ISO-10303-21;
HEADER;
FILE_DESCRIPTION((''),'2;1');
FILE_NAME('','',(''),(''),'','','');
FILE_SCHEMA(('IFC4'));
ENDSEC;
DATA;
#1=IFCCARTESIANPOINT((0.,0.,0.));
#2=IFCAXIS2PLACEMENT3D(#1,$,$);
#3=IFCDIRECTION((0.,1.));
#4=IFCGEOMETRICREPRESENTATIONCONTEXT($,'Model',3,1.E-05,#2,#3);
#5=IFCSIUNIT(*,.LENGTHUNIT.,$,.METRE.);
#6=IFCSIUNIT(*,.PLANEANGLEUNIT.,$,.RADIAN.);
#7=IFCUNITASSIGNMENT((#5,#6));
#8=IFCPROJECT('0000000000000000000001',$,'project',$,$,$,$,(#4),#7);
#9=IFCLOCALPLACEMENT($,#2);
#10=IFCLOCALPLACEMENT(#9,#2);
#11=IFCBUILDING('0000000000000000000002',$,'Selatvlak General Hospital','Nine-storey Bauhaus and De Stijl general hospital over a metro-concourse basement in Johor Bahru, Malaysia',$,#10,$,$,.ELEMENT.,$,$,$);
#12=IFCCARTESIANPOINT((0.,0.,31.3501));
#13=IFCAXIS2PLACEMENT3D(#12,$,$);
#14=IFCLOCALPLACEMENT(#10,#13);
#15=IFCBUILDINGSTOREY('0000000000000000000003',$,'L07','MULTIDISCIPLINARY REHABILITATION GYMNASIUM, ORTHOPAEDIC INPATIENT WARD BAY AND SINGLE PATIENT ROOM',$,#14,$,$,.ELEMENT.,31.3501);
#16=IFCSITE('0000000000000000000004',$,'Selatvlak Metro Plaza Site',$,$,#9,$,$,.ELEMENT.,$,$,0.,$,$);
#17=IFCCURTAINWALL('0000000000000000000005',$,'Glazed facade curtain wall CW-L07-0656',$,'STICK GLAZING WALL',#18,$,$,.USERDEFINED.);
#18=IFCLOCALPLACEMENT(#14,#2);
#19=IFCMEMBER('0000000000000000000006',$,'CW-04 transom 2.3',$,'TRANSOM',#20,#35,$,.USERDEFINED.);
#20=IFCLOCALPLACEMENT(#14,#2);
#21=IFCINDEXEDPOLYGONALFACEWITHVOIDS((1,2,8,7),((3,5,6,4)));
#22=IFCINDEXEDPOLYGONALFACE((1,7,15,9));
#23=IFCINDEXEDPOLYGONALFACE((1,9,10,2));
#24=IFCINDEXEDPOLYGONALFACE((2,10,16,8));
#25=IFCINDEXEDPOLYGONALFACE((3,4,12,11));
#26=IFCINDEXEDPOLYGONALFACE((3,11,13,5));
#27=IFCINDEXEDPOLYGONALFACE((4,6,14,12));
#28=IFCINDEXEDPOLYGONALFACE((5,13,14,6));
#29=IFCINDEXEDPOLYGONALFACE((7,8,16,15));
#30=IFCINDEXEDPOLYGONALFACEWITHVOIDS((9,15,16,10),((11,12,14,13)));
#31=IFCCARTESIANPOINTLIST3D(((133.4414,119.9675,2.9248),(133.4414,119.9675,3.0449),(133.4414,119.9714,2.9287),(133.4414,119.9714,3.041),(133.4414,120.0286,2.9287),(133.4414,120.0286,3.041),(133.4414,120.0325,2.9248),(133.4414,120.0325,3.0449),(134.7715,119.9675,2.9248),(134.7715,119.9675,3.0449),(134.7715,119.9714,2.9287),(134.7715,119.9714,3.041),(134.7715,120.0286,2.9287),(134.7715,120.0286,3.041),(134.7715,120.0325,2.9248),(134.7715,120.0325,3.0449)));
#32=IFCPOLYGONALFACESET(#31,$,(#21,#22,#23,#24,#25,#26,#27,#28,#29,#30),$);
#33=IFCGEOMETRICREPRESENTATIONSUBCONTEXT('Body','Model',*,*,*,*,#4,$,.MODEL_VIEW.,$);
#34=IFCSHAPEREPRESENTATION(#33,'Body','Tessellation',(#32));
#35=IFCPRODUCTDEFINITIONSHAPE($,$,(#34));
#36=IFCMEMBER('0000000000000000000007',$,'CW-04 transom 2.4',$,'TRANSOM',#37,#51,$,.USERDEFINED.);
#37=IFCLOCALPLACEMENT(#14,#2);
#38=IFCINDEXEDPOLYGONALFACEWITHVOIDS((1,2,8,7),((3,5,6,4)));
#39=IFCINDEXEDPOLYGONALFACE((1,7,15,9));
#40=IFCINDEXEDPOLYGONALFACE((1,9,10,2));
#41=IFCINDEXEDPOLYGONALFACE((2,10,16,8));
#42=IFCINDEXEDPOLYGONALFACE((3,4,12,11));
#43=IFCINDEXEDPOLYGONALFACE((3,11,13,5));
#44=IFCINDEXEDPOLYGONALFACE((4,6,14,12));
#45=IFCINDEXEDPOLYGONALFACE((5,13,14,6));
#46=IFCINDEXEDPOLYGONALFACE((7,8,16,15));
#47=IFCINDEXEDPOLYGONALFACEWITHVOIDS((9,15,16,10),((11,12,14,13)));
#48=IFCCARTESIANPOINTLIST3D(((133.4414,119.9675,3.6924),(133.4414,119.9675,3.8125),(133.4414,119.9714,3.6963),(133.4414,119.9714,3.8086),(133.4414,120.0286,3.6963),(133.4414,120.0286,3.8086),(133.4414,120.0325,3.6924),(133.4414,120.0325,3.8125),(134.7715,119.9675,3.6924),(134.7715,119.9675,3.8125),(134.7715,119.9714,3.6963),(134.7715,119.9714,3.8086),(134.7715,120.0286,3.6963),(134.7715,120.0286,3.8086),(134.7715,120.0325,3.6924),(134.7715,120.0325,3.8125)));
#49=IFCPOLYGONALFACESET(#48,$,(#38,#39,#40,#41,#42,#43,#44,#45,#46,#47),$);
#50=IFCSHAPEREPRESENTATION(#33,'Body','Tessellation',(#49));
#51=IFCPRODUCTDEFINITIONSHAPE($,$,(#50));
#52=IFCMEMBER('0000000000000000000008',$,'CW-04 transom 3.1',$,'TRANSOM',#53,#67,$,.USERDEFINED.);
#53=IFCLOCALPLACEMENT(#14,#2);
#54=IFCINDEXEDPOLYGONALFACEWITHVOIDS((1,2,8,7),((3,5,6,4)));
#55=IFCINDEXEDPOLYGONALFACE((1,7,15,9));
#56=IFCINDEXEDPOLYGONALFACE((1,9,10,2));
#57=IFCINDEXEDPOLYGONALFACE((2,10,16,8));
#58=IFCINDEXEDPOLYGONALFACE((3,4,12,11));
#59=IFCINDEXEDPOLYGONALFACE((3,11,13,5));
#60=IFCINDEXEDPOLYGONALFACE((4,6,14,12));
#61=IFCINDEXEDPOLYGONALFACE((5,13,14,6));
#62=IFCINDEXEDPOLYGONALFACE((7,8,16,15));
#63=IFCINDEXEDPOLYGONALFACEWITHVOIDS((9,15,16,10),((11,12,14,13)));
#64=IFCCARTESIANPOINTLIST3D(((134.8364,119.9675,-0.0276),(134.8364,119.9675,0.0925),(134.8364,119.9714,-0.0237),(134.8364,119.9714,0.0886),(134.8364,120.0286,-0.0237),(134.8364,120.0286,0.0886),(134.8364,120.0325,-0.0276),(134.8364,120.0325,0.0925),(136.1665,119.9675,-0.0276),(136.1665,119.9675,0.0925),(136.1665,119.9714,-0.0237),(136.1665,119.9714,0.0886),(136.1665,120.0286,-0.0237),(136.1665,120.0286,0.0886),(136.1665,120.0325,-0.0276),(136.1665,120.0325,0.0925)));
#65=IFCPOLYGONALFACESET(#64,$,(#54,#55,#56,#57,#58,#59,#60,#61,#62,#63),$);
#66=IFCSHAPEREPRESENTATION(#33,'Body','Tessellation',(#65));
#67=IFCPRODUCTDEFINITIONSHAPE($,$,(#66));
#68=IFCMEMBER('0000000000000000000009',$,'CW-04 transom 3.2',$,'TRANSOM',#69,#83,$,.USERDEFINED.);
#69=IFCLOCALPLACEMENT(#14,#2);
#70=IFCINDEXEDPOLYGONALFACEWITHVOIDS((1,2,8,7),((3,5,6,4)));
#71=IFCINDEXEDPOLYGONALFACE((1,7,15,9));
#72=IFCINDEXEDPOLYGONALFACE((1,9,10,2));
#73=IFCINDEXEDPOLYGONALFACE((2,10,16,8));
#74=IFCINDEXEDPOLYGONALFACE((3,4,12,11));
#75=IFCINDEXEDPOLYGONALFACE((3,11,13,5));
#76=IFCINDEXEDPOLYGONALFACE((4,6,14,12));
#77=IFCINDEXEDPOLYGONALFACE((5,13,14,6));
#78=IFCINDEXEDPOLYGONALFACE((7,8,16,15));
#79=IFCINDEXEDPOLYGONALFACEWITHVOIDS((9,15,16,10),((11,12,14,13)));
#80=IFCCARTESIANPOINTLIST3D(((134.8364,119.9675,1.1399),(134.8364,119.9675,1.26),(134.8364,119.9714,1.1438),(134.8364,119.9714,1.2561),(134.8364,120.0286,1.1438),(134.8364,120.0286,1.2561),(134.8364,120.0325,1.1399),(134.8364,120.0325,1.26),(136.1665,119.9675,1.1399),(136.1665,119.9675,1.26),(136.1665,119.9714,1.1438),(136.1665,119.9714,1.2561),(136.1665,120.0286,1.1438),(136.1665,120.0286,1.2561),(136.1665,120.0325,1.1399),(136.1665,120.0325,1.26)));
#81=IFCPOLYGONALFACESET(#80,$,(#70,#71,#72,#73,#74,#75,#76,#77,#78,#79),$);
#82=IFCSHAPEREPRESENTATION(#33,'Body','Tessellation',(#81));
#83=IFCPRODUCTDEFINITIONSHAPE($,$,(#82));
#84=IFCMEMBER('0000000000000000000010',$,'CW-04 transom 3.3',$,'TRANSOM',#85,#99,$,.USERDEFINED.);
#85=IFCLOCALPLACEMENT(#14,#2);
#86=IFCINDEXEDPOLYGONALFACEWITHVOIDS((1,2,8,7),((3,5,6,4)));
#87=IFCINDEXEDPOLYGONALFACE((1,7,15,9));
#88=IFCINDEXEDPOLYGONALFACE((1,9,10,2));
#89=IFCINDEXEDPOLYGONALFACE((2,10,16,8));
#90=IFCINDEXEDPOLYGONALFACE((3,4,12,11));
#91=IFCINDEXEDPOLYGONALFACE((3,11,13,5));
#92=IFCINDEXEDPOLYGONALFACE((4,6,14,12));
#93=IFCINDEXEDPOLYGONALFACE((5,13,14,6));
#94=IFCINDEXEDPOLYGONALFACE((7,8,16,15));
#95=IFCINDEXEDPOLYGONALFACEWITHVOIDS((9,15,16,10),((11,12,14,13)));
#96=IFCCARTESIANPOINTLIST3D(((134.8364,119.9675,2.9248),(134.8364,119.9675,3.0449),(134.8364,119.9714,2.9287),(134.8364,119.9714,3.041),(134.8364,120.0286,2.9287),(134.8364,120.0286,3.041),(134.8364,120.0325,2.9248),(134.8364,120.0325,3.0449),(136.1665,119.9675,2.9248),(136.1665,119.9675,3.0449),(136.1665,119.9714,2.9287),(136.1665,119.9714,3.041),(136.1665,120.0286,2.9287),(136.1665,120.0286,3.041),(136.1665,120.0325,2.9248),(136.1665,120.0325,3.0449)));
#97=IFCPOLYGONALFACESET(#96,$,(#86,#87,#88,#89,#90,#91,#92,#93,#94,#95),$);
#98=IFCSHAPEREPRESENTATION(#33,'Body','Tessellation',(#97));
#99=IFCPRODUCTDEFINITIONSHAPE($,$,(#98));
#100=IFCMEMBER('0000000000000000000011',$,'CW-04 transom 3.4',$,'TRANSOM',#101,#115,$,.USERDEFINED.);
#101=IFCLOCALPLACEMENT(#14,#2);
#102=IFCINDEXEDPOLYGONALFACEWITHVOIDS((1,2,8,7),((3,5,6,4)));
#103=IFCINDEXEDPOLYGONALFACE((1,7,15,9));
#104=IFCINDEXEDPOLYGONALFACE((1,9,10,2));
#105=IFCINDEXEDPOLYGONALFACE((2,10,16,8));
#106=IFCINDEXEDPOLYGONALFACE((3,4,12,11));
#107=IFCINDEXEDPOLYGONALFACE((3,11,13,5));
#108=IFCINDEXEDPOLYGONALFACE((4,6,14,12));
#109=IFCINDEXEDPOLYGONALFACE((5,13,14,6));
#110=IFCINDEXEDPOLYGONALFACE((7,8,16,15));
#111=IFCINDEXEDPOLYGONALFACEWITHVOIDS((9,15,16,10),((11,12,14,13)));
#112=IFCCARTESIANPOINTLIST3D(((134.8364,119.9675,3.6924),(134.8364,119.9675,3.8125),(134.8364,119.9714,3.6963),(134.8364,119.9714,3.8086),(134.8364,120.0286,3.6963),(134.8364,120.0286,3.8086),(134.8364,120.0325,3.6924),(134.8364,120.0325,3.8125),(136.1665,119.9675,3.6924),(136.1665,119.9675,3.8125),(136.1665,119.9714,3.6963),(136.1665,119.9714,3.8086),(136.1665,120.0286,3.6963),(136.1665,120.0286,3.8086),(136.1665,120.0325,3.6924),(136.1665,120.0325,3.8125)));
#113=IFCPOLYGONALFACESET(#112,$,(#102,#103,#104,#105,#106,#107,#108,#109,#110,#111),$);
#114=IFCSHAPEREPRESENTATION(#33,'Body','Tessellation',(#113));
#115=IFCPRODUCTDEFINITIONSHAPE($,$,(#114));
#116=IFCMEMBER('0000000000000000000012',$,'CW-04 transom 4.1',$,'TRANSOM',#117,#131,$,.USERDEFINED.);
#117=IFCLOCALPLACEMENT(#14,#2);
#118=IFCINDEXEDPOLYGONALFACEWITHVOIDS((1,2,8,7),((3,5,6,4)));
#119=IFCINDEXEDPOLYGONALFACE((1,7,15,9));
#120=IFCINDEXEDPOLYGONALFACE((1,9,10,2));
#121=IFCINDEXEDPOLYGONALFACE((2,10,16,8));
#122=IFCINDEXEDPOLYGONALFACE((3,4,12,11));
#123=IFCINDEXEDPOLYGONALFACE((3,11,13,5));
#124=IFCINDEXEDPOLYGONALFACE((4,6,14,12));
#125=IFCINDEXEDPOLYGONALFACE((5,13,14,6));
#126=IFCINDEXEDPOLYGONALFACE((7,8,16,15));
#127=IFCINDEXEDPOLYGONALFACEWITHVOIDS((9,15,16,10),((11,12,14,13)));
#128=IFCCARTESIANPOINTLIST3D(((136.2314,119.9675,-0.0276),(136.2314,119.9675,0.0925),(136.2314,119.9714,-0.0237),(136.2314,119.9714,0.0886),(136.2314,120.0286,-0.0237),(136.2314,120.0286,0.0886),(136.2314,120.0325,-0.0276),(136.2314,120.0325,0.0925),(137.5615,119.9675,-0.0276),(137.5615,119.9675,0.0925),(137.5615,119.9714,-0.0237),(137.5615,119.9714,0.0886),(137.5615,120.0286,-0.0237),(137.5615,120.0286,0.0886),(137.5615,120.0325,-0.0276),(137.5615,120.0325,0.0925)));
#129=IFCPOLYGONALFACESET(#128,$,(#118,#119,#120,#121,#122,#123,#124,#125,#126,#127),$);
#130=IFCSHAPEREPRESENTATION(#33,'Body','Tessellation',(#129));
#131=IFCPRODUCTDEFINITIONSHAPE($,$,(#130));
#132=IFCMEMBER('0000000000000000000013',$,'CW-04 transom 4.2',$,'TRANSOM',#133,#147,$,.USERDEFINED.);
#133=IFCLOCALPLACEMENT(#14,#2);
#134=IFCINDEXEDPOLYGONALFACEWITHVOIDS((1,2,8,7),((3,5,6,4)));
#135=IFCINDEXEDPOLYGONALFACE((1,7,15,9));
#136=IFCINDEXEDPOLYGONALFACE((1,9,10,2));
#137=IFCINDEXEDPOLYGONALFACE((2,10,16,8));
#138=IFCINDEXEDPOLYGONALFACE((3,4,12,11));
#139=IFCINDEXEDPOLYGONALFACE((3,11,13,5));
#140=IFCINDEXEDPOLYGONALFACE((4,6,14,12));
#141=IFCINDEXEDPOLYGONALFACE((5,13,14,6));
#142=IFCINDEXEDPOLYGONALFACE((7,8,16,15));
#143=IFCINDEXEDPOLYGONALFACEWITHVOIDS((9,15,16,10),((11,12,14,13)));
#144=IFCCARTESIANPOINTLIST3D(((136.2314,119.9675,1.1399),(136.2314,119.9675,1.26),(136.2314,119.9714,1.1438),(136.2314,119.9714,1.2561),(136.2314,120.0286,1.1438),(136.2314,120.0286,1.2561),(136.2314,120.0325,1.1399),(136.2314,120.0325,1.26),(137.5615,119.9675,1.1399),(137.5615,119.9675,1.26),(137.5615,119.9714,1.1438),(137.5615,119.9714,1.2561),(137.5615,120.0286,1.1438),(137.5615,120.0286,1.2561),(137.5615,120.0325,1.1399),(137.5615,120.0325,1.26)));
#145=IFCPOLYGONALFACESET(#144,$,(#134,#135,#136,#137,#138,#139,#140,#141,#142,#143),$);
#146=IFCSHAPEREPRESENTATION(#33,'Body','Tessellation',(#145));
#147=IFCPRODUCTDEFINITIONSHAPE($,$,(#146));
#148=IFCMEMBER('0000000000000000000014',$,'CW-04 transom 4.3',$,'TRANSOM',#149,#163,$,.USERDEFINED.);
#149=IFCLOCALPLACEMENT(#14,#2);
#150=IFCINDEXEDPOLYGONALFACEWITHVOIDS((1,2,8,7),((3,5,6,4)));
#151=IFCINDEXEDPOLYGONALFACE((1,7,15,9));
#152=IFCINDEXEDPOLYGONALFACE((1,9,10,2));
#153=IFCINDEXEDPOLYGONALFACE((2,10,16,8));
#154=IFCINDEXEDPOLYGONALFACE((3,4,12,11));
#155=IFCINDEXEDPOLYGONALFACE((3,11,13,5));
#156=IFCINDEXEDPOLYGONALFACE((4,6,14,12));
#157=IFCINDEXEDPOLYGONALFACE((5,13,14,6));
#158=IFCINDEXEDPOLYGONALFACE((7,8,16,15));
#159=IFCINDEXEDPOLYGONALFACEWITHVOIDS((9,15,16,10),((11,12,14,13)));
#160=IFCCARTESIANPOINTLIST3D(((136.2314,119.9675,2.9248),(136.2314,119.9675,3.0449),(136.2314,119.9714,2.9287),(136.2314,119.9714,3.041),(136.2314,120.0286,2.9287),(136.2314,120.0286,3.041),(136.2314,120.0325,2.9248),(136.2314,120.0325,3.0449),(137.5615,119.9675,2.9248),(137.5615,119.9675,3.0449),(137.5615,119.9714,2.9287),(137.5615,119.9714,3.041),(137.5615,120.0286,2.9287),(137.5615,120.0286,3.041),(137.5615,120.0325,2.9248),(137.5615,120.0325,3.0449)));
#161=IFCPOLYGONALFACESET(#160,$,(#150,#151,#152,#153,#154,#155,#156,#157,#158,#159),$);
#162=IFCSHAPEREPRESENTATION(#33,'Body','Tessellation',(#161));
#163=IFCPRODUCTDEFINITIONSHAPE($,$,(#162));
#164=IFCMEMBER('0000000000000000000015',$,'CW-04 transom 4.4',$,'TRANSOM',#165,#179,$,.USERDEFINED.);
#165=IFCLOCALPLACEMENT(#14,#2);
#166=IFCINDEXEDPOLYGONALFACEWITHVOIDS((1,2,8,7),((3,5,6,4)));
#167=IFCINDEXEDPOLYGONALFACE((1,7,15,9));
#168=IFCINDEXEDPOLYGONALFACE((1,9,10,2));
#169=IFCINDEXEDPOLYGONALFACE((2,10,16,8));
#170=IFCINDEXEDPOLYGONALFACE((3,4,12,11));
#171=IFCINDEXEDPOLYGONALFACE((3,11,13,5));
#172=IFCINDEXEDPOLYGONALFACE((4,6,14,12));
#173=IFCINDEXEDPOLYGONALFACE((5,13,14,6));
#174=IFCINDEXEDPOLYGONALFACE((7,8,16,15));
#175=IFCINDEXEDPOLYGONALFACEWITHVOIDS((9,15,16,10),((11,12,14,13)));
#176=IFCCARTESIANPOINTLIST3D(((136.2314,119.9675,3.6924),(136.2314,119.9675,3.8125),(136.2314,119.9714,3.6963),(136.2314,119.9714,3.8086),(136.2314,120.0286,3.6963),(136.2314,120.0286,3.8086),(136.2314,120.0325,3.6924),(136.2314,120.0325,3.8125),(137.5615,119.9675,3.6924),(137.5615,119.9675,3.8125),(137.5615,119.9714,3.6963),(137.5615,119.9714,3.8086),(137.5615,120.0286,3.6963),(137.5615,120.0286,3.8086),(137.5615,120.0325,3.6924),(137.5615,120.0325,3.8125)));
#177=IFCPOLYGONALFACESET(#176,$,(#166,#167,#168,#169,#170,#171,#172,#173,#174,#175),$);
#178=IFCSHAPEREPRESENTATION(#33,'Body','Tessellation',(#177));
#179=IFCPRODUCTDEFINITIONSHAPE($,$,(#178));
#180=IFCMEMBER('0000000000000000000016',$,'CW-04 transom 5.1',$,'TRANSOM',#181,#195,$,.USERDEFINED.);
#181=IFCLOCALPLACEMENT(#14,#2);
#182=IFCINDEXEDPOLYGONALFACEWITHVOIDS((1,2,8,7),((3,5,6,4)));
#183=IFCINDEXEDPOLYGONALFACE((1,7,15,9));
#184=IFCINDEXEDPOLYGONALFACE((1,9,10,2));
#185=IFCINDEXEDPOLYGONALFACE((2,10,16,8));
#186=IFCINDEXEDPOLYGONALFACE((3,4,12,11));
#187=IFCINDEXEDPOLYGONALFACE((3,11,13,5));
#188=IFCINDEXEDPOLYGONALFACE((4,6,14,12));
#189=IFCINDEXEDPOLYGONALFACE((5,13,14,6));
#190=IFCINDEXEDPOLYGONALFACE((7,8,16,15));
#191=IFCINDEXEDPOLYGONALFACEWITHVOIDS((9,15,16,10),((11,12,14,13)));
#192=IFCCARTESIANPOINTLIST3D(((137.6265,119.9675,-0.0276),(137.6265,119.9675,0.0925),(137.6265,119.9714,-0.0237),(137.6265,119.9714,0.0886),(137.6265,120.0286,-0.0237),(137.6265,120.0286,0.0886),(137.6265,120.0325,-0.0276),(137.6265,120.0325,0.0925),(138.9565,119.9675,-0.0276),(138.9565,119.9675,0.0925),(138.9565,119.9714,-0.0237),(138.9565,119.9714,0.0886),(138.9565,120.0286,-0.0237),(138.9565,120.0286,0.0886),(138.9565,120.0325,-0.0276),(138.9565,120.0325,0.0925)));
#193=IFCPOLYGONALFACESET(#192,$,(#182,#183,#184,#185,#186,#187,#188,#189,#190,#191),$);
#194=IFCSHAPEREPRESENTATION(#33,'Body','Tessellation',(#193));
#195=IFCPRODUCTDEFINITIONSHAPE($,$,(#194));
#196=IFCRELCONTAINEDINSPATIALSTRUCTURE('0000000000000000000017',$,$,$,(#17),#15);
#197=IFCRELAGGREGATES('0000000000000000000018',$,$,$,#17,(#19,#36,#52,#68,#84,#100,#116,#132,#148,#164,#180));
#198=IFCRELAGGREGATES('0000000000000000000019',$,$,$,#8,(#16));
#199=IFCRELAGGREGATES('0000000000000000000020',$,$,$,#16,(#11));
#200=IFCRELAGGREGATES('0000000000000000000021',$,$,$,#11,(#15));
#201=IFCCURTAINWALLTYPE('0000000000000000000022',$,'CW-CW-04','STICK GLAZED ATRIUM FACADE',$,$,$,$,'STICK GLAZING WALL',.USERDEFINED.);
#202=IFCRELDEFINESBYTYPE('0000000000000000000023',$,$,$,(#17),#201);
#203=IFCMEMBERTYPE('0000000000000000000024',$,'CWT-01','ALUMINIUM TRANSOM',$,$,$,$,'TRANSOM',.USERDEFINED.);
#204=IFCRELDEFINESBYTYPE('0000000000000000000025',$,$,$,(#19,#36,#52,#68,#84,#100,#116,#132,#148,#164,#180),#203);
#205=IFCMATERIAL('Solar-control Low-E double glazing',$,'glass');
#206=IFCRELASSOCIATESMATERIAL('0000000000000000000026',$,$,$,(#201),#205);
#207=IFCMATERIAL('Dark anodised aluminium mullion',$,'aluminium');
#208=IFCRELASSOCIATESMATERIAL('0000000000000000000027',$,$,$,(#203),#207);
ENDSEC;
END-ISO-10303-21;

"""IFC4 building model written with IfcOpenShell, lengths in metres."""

from ifc_helpers import new_model, si_unit, direction, frame, origin, origin_2d, place, context, subcontext, project, spatial, hollow_rectangle, extrude, material, material_profile, profile_set, type_object, element, aggregate, save


model = new_model("IFC4")

# Units and contexts
model_context = context("Model", 3, precision=1e-05, world=origin(), true_north=direction((0.0, 1.0)))
body_context = subcontext(model_context, "Body", "Model", "MODEL_VIEW")
ifc_project = project(units=[si_unit("LENGTHUNIT", "METRE"), si_unit("PLANEANGLEUNIT", "RADIAN")], contexts=[model_context])

# Site, building, storey
site_placement = place(None, origin())
site = spatial("IfcSite", under=ifc_project, at=site_placement, Name="Selatvlak Metro Plaza Site", CompositionType="ELEMENT", RefElevation=0.0)
building_placement = place(site_placement, origin())
building = spatial("IfcBuilding", under=site, at=building_placement, Name="Selatvlak General Hospital", Description="Nine-storey Bauhaus and De Stijl general hospital over a metro-concourse basement in Johor Bahru, Malaysia", CompositionType="ELEMENT")
storey_placement = place(building_placement, frame((0.0, 0.0, 31.3501)))
storey = spatial("IfcBuildingStorey", under=building, at=storey_placement, Name="L07", Description="MULTIDISCIPLINARY REHABILITATION GYMNASIUM, ORTHOPAEDIC INPATIENT WARD BAY AND SINGLE PATIENT ROOM", CompositionType="ELEMENT", Elevation=31.3501)

# Curtain wall, members
ifc_material_1 = material(Name="Solar-control Low-E double glazing", Category="glass")
curtain_wall_type = type_object("IfcCurtainWallType", Name="CW-CW-04", Description="STICK GLAZED ATRIUM FACADE", ElementType="STICK GLAZING WALL", PredefinedType="USERDEFINED", material=ifc_material_1)
curtain_wall_placement = place(storey_placement, origin())
curtain_wall = element("IfcCurtainWall", 1, at=curtain_wall_placement, inside=storey, type_object=curtain_wall_type, Name="Glazed facade curtain wall CW-L07-0656", ObjectType="STICK GLAZING WALL", PredefinedType="USERDEFINED")
ifc_material_2 = material(Name="Dark anodised aluminium mullion", Category="aluminium")
ifc_material_profile_1 = material_profile(ifc_material_2, hollow_rectangle(XDim=0.0649, YDim=0.1201, WallThickness=0.0039, at=origin_2d()), Name="AL-TRN 65x120x4")
ifc_profile_set_1 = profile_set([ifc_material_profile_1], Name="Dark anodised aluminium mullion")
member_type_1 = type_object("IfcMemberType", Name="CWT-01", Description="ALUMINIUM TRANSOM", ElementType="TRANSOM", PredefinedType="USERDEFINED", material=ifc_profile_set_1)
member_1_placement = place(storey_placement, frame((133.4414, 120.0, 2.9849), z_axis=(1.0, 0.0, 0.0), x_axis=(0.0, 1.0, 0.0)))
member_1 = element("IfcMember", 2, at=member_1_placement, type_object=member_type_1, Name="CW-04 transom 2.3", ObjectType="TRANSOM", PredefinedType="USERDEFINED", context=body_context, shape_type="SweptSolid", body=[
    extrude(hollow_rectangle(XDim=0.0649, YDim=0.1201, WallThickness=0.0039, at=origin_2d()), origin(), (0.0, 0.0, 1.0), 1.3301),
])
member_2_placement = place(storey_placement, frame((133.4414, 120.0, 3.7524), z_axis=(1.0, 0.0, 0.0), x_axis=(0.0, 1.0, 0.0)))
member_2 = element("IfcMember", 3, at=member_2_placement, type_object=member_type_1, Name="CW-04 transom 2.4", ObjectType="TRANSOM", PredefinedType="USERDEFINED", context=body_context, shape_type="SweptSolid", body=[
    extrude(hollow_rectangle(XDim=0.0649, YDim=0.1201, WallThickness=0.0039, at=origin_2d()), origin(), (0.0, 0.0, 1.0), 1.3301),
])
member_3_placement = place(storey_placement, frame((134.8364, 120.0, 0.0325), z_axis=(1.0, 0.0, 0.0), x_axis=(0.0, 1.0, 0.0)))
member_3 = element("IfcMember", 4, at=member_3_placement, type_object=member_type_1, Name="CW-04 transom 3.1", ObjectType="TRANSOM", PredefinedType="USERDEFINED", context=body_context, shape_type="SweptSolid", body=[
    extrude(hollow_rectangle(XDim=0.0649, YDim=0.1201, WallThickness=0.0039, at=origin_2d()), origin(), (0.0, 0.0, 1.0), 1.3301),
])
member_4_placement = place(storey_placement, frame((134.8364, 120.0, 1.2), z_axis=(1.0, 0.0, 0.0), x_axis=(0.0, 1.0, 0.0)))
member_4 = element("IfcMember", 5, at=member_4_placement, type_object=member_type_1, Name="CW-04 transom 3.2", ObjectType="TRANSOM", PredefinedType="USERDEFINED", context=body_context, shape_type="SweptSolid", body=[
    extrude(hollow_rectangle(XDim=0.0649, YDim=0.1201, WallThickness=0.0039, at=origin_2d()), origin(), (0.0, 0.0, 1.0), 1.3301),
])
member_5_placement = place(storey_placement, frame((134.8364, 120.0, 2.9849), z_axis=(1.0, 0.0, 0.0), x_axis=(0.0, 1.0, 0.0)))
member_5 = element("IfcMember", 6, at=member_5_placement, type_object=member_type_1, Name="CW-04 transom 3.3", ObjectType="TRANSOM", PredefinedType="USERDEFINED", context=body_context, shape_type="SweptSolid", body=[
    extrude(hollow_rectangle(XDim=0.0649, YDim=0.1201, WallThickness=0.0039, at=origin_2d()), origin(), (0.0, 0.0, 1.0), 1.3301),
])
member_6_placement = place(storey_placement, frame((134.8364, 120.0, 3.7524), z_axis=(1.0, 0.0, 0.0), x_axis=(0.0, 1.0, 0.0)))
member_6 = element("IfcMember", 7, at=member_6_placement, type_object=member_type_1, Name="CW-04 transom 3.4", ObjectType="TRANSOM", PredefinedType="USERDEFINED", context=body_context, shape_type="SweptSolid", body=[
    extrude(hollow_rectangle(XDim=0.0649, YDim=0.1201, WallThickness=0.0039, at=origin_2d()), origin(), (0.0, 0.0, 1.0), 1.3301),
])
member_7_placement = place(storey_placement, frame((136.2314, 120.0, 0.0325), z_axis=(1.0, 0.0, 0.0), x_axis=(0.0, 1.0, 0.0)))
member_7 = element("IfcMember", 8, at=member_7_placement, type_object=member_type_1, Name="CW-04 transom 4.1", ObjectType="TRANSOM", PredefinedType="USERDEFINED", context=body_context, shape_type="SweptSolid", body=[
    extrude(hollow_rectangle(XDim=0.0649, YDim=0.1201, WallThickness=0.0039, at=origin_2d()), origin(), (0.0, 0.0, 1.0), 1.3301),
])
member_8_placement = place(storey_placement, frame((136.2314, 120.0, 1.2), z_axis=(1.0, 0.0, 0.0), x_axis=(0.0, 1.0, 0.0)))
member_8 = element("IfcMember", 9, at=member_8_placement, type_object=member_type_1, Name="CW-04 transom 4.2", ObjectType="TRANSOM", PredefinedType="USERDEFINED", context=body_context, shape_type="SweptSolid", body=[
    extrude(hollow_rectangle(XDim=0.0649, YDim=0.1201, WallThickness=0.0039, at=origin_2d()), origin(), (0.0, 0.0, 1.0), 1.3301),
])
member_9_placement = place(storey_placement, frame((136.2314, 120.0, 2.9849), z_axis=(1.0, 0.0, 0.0), x_axis=(0.0, 1.0, 0.0)))
member_9 = element("IfcMember", 10, at=member_9_placement, type_object=member_type_1, Name="CW-04 transom 4.3", ObjectType="TRANSOM", PredefinedType="USERDEFINED", context=body_context, shape_type="SweptSolid", body=[
    extrude(hollow_rectangle(XDim=0.0649, YDim=0.1201, WallThickness=0.0039, at=origin_2d()), origin(), (0.0, 0.0, 1.0), 1.3301),
])
member_10_placement = place(storey_placement, frame((136.2314, 120.0, 3.7524), z_axis=(1.0, 0.0, 0.0), x_axis=(0.0, 1.0, 0.0)))
member_10 = element("IfcMember", 11, at=member_10_placement, type_object=member_type_1, Name="CW-04 transom 4.4", ObjectType="TRANSOM", PredefinedType="USERDEFINED", context=body_context, shape_type="SweptSolid", body=[
    extrude(hollow_rectangle(XDim=0.0649, YDim=0.1201, WallThickness=0.0039, at=origin_2d()), origin(), (0.0, 0.0, 1.0), 1.3301),
])
member_11_placement = place(storey_placement, frame((137.6265, 120.0, 0.0325), z_axis=(1.0, 0.0, 0.0), x_axis=(0.0, 1.0, 0.0)))
member_11 = element("IfcMember", 12, at=member_11_placement, type_object=member_type_1, Name="CW-04 transom 5.1", ObjectType="TRANSOM", PredefinedType="USERDEFINED", context=body_context, shape_type="SweptSolid", body=[
    extrude(hollow_rectangle(XDim=0.0649, YDim=0.1201, WallThickness=0.0039, at=origin_2d()), origin(), (0.0, 0.0, 1.0), 1.3301),
])
aggregate(curtain_wall, [member_1, member_2, member_3, member_4, member_5, member_6, member_7, member_8, member_9, member_10, member_11])

save(model, "model.ifc")
